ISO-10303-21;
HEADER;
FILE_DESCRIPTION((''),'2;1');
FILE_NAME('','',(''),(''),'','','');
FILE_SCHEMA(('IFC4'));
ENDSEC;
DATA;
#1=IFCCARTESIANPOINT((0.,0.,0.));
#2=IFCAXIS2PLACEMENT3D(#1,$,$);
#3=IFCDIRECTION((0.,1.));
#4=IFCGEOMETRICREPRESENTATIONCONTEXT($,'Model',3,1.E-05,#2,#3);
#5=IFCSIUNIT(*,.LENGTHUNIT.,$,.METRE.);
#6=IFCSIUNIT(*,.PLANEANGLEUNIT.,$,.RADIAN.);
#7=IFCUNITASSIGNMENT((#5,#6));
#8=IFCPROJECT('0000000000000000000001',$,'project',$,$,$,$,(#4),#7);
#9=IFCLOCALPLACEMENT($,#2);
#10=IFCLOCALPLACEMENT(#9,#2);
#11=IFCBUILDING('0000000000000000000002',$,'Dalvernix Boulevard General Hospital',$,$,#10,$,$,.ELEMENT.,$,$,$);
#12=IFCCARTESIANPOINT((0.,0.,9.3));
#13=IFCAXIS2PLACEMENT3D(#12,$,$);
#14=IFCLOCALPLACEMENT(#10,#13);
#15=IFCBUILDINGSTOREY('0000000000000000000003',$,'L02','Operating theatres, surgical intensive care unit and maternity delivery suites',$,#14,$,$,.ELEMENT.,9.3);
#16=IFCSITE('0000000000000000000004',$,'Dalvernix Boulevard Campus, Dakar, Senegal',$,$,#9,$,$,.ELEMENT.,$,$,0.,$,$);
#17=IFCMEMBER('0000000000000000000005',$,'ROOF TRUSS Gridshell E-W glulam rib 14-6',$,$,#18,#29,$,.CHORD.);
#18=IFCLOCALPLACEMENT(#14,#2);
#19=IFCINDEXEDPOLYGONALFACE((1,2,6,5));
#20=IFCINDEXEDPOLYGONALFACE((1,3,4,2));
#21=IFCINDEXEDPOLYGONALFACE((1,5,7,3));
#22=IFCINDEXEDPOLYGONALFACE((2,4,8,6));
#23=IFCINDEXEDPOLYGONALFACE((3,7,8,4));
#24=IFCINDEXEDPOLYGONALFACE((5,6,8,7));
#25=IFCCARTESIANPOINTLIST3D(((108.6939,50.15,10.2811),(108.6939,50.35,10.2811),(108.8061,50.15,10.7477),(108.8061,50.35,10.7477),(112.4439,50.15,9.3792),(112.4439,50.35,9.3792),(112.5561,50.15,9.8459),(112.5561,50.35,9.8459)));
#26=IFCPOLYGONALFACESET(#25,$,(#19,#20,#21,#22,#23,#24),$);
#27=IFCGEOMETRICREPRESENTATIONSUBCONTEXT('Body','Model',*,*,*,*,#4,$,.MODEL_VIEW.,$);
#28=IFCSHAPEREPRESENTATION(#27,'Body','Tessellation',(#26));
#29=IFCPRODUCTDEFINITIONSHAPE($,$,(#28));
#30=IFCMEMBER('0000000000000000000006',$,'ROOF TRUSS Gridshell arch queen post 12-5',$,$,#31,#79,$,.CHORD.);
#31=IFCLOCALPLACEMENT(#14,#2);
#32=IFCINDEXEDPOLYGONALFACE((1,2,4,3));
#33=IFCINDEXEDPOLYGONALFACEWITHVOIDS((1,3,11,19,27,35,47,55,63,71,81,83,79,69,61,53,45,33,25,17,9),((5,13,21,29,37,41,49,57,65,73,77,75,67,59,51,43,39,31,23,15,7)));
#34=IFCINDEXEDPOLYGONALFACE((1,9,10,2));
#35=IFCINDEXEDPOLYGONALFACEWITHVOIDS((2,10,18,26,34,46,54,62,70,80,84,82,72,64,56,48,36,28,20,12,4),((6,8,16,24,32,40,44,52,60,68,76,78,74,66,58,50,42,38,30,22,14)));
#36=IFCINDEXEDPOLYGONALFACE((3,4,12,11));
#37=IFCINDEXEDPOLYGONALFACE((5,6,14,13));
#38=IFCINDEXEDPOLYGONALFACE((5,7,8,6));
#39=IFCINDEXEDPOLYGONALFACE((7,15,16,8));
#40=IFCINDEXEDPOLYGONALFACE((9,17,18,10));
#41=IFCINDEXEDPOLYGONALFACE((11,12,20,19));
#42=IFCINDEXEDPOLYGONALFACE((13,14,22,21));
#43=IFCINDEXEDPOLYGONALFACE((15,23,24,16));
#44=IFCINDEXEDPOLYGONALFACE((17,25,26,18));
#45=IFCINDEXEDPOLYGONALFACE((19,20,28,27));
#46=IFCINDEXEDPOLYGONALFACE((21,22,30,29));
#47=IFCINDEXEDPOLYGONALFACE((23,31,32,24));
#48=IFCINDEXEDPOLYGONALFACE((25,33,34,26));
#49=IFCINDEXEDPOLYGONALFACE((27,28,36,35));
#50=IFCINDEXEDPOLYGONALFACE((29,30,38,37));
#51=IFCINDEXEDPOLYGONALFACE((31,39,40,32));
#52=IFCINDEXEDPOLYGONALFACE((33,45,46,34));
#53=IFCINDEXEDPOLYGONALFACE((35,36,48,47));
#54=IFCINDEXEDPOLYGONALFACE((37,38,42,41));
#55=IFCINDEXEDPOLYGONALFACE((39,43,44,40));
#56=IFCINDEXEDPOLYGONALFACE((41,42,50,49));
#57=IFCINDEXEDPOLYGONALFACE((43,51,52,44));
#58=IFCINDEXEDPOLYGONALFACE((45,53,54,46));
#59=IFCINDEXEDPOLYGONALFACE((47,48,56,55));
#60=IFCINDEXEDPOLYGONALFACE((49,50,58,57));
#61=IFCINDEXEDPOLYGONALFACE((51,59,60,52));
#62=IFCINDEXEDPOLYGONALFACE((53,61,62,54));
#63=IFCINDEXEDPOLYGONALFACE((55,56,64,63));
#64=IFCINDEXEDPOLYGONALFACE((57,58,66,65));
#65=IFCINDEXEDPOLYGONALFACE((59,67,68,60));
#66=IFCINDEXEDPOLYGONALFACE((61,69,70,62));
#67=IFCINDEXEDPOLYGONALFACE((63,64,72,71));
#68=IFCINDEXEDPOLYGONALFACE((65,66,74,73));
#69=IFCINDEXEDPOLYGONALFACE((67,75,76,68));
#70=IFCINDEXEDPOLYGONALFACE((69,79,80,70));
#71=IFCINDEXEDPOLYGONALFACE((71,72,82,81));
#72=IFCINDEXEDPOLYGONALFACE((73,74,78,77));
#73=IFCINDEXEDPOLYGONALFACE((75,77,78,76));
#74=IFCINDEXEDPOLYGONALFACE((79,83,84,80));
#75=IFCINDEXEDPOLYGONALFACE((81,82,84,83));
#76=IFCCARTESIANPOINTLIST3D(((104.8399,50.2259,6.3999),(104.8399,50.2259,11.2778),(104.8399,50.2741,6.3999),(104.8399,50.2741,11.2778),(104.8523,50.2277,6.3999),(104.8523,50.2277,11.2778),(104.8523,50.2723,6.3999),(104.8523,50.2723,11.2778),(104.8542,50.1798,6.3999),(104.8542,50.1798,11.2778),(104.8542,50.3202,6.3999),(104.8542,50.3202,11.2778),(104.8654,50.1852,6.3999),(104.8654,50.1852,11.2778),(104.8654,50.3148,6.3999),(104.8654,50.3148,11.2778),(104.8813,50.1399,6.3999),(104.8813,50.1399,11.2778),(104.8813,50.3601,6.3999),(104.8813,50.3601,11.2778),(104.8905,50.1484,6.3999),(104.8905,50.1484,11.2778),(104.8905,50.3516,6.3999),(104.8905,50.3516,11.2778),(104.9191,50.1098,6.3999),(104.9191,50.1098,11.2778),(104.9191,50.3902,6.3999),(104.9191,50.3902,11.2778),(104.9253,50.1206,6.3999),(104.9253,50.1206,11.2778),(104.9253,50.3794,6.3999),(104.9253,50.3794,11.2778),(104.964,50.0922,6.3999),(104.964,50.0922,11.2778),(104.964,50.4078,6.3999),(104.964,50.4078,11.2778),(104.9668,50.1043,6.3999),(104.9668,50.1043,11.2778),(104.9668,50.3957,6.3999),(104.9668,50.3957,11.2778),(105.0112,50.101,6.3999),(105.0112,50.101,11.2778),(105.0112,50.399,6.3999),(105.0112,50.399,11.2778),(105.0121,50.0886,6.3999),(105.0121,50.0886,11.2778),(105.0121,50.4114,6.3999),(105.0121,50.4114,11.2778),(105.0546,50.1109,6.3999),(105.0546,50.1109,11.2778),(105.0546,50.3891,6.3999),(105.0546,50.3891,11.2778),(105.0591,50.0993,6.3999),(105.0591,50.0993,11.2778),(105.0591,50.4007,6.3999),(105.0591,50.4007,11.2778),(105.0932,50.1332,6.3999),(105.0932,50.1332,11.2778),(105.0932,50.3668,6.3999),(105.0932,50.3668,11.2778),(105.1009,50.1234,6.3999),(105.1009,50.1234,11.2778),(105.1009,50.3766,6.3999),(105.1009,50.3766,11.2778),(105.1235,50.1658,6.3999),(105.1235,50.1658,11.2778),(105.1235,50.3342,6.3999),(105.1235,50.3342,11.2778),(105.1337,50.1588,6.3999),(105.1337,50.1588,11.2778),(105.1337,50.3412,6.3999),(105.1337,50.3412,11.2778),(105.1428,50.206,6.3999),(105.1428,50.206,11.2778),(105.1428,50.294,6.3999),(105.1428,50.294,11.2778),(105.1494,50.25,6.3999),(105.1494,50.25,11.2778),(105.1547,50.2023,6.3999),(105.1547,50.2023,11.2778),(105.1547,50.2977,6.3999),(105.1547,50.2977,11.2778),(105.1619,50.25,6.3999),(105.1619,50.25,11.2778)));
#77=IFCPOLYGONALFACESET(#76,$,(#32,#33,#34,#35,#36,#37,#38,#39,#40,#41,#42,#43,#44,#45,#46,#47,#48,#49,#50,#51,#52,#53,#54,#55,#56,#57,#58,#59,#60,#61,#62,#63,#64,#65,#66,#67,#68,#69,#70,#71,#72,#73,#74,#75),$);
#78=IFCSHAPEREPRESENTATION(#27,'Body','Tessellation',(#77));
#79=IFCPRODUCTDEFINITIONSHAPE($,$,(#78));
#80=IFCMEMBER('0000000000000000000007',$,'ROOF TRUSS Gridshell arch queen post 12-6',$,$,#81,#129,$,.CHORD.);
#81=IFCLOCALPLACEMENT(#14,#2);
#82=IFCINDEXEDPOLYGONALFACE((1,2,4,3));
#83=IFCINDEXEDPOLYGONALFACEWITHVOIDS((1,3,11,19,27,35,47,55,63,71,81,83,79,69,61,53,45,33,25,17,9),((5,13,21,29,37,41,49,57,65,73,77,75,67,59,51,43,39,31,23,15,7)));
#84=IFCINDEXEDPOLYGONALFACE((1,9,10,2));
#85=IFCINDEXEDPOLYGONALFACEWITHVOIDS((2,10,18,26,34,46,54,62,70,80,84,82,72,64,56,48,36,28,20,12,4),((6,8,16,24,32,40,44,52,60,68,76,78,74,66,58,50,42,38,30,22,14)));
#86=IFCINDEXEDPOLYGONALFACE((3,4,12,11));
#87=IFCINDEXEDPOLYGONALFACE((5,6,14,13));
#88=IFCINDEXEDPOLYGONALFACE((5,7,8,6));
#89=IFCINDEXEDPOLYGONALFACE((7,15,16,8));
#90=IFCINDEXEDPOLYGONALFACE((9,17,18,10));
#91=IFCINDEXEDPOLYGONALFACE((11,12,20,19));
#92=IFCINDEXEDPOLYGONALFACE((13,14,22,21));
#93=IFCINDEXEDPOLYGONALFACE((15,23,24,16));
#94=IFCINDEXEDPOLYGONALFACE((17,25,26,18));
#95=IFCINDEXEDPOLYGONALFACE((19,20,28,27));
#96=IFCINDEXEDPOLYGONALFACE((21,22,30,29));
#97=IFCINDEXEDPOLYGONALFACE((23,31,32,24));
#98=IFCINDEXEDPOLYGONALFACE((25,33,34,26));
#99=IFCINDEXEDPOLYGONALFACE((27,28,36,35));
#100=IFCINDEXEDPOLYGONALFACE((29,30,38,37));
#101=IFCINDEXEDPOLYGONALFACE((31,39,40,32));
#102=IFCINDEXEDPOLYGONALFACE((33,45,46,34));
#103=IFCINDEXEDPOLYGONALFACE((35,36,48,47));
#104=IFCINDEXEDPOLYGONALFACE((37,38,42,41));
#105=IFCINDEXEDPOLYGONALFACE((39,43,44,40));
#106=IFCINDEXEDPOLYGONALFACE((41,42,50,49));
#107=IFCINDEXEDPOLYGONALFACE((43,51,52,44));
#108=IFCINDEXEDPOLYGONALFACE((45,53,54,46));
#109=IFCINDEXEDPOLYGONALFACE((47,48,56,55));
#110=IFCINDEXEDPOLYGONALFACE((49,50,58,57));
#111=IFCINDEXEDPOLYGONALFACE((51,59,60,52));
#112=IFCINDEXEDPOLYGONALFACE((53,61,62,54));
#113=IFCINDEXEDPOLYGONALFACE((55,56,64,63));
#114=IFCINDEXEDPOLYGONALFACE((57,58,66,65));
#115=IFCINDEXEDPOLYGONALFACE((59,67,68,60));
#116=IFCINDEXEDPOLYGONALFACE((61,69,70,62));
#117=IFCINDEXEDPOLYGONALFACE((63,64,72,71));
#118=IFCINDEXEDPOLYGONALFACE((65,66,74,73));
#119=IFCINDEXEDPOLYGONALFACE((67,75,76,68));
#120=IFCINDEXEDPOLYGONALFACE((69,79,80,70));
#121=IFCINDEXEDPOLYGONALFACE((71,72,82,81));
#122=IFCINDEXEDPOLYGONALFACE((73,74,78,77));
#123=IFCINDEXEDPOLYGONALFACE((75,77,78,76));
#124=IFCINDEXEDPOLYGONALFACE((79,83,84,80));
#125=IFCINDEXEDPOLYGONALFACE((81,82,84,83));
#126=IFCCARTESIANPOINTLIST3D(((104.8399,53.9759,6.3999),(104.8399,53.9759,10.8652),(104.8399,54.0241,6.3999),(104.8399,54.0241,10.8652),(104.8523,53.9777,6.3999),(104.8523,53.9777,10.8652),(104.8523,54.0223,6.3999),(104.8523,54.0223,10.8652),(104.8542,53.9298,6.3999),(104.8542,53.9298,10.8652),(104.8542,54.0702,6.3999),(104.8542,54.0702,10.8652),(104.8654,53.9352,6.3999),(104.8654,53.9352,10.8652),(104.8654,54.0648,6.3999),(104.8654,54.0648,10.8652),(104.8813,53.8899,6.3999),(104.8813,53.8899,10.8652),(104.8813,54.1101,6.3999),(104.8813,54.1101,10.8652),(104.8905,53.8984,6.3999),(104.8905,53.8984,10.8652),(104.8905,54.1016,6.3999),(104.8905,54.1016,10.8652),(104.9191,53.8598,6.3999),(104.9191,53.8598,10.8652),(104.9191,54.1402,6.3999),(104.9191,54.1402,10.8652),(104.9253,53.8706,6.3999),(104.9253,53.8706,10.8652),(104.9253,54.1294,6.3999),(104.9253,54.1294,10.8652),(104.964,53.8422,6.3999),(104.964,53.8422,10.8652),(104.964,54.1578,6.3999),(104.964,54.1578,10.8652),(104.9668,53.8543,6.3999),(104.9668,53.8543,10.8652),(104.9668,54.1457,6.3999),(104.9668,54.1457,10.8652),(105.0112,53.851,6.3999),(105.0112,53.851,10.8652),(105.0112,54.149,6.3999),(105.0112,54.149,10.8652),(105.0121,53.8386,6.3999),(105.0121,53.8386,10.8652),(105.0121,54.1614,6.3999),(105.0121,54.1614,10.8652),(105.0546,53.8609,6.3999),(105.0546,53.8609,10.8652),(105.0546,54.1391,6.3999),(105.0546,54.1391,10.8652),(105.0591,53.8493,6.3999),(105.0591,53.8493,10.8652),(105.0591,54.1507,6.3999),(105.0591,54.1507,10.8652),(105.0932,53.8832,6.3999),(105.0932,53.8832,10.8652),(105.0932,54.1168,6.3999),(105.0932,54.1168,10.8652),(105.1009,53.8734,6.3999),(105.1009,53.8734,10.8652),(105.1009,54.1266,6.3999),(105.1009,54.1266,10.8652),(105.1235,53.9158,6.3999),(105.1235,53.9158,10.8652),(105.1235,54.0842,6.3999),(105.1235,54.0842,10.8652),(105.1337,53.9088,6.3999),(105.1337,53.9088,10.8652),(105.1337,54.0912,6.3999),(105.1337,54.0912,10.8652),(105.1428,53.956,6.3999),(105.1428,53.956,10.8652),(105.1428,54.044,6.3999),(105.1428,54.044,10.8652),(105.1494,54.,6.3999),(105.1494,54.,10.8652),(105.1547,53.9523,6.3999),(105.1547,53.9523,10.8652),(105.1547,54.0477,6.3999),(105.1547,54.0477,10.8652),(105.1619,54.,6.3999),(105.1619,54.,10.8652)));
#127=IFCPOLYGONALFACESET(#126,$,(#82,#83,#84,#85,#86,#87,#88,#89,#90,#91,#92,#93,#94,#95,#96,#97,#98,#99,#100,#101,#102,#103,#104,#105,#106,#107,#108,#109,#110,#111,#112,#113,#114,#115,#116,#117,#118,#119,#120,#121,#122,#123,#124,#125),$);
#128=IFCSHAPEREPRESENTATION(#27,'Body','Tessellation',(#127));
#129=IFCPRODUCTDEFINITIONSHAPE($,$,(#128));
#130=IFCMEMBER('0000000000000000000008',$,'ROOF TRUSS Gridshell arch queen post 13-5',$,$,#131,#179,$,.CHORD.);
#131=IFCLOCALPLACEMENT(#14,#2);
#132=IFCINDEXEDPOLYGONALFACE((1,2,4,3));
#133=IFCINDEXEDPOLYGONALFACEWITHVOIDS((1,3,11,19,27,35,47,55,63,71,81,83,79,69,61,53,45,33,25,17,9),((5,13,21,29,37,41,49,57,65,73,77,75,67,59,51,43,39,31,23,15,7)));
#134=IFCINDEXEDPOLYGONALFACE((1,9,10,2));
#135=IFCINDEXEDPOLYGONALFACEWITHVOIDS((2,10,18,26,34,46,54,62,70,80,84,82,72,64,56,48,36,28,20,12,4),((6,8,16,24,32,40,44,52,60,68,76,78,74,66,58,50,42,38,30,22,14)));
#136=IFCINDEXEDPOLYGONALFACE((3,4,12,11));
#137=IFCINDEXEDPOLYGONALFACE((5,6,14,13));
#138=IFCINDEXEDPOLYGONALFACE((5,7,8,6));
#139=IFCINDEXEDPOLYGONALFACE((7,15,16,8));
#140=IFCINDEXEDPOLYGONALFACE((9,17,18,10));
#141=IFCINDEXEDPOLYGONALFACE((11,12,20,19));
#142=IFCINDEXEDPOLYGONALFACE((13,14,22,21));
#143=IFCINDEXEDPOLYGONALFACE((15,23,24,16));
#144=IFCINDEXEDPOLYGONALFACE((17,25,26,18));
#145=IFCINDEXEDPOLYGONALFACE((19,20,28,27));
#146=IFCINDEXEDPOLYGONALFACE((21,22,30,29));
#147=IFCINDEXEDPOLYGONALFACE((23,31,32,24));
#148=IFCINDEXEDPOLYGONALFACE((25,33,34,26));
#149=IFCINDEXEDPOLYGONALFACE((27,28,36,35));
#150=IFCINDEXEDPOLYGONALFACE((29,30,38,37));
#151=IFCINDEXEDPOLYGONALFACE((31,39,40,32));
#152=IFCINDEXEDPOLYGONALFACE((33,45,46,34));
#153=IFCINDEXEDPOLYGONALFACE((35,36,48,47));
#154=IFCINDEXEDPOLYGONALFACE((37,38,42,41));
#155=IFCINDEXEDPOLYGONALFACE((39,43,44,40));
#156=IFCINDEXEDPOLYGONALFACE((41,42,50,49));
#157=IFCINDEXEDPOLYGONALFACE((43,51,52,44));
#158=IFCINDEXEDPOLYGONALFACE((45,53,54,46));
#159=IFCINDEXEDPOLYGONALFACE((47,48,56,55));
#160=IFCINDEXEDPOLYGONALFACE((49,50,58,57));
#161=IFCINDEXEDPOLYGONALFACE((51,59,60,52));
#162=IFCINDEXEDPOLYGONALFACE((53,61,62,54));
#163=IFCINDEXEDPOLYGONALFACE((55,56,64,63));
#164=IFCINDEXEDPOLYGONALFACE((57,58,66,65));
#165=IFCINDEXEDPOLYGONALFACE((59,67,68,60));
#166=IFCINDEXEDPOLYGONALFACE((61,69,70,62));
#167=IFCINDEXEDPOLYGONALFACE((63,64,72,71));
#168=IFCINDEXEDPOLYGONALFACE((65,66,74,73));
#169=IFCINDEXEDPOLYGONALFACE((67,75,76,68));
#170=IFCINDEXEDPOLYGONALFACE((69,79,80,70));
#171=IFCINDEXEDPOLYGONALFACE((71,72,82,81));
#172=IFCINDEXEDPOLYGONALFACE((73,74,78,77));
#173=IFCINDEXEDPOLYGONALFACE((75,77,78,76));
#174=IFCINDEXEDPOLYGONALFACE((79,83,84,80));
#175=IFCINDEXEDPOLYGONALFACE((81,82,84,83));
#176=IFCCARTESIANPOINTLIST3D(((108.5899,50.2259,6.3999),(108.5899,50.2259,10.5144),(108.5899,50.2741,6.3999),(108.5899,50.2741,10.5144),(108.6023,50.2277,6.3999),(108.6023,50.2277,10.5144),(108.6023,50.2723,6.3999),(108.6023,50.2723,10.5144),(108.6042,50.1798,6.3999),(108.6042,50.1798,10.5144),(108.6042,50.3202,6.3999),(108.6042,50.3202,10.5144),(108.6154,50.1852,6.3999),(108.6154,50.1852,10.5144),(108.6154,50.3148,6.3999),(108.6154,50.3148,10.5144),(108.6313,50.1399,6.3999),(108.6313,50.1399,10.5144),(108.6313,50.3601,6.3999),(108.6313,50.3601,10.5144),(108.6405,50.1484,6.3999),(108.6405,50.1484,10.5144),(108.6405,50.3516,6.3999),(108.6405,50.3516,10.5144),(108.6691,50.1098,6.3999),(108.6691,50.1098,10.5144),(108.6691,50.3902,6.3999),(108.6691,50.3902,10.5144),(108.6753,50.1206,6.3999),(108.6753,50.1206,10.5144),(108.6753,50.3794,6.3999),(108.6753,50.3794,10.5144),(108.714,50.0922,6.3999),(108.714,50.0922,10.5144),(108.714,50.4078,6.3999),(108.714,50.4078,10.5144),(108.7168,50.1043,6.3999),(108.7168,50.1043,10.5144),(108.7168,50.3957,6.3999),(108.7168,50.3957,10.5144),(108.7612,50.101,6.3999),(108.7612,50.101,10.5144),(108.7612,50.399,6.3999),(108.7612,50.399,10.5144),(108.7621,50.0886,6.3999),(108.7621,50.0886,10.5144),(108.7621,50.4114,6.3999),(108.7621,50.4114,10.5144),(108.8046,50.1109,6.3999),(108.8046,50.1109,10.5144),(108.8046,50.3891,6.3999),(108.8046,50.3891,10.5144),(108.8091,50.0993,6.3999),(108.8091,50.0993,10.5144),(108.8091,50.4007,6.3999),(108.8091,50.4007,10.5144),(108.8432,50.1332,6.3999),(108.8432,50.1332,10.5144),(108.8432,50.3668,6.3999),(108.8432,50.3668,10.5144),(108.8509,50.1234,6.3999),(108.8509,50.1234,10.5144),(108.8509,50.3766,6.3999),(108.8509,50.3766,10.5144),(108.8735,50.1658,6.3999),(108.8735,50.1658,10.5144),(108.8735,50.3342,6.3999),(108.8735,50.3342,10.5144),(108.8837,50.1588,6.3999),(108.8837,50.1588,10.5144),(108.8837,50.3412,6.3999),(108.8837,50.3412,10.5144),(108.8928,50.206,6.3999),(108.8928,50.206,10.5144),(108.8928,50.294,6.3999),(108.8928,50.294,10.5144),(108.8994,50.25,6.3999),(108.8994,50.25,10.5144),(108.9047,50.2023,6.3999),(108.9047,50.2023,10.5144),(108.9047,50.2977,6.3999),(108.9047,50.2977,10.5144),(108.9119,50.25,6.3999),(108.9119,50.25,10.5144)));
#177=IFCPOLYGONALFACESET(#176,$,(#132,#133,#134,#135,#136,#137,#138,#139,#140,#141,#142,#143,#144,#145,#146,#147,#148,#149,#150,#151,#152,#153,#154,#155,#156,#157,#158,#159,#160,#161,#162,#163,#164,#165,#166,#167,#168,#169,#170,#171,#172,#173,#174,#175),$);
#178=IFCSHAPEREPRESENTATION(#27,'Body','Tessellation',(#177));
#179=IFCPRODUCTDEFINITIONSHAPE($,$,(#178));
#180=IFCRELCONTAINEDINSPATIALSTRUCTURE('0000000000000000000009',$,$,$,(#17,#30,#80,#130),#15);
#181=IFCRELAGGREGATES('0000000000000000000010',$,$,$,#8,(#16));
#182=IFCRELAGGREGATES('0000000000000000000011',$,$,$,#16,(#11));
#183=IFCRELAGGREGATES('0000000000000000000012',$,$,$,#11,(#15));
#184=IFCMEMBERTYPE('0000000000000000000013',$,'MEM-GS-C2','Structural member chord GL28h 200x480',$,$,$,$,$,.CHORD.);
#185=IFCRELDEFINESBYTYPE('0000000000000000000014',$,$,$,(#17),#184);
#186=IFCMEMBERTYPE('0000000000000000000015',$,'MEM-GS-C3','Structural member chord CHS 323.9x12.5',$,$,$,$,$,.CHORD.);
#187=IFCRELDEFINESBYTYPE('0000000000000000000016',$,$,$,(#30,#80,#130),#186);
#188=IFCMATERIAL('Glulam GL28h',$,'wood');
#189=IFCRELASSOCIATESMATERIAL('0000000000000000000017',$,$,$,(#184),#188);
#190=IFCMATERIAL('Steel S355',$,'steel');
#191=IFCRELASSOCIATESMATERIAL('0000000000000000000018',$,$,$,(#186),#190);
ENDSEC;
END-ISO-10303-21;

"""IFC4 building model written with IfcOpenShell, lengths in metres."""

from ifc_helpers import new_model, si_unit, direction, frame, origin, origin_2d, place, context, subcontext, project, spatial, rectangle, hollow_circle, extrude, material, material_profile, profile_set, type_object, element, save


model = new_model("IFC4")

# Units and contexts
model_context = context("Model", 3, precision=1e-05, world=origin(), true_north=direction((0.0, 1.0)))
body_context = subcontext(model_context, "Body", "Model", "MODEL_VIEW")
ifc_project = project(units=[si_unit("LENGTHUNIT", "METRE"), si_unit("PLANEANGLEUNIT", "RADIAN")], contexts=[model_context])

# Site, building, storey
site_placement = place(None, origin())
site = spatial("IfcSite", under=ifc_project, at=site_placement, Name="Dalvernix Boulevard Campus, Dakar, Senegal", CompositionType="ELEMENT", RefElevation=0.0)
building_placement = place(site_placement, origin())
building = spatial("IfcBuilding", under=site, at=building_placement, Name="Dalvernix Boulevard General Hospital", CompositionType="ELEMENT")
storey_placement = place(building_placement, frame((0.0, 0.0, 9.3)))
storey = spatial("IfcBuildingStorey", under=building, at=storey_placement, Name="L02", Description="Operating theatres, surgical intensive care unit and maternity delivery suites", CompositionType="ELEMENT", Elevation=9.3)

# Shared definitions
ifc_material_1 = material(Name="Steel S355", Category="steel")

# Members
ifc_material_2 = material(Name="Glulam GL28h", Category="wood")
ifc_material_profile_1 = material_profile(ifc_material_2, rectangle(XDim=0.2, YDim=0.48, at=origin_2d()), Name="GL28h 200x480")
ifc_profile_set_1 = profile_set([ifc_material_profile_1], Name="Glulam GL28h")
member_type_1 = type_object("IfcMemberType", Name="MEM-GS-C2", Description="Structural member chord GL28h 200x480", PredefinedType="CHORD", material=ifc_profile_set_1)
member_1_placement = place(storey_placement, frame((108.75, 50.25, 10.5144), z_axis=(0.972278, 0.0, -0.233828), x_axis=(0.0, 1.0, 0.0)))
element("IfcMember", 1, at=member_1_placement, inside=storey, type_object=member_type_1, Name="ROOF TRUSS Gridshell E-W glulam rib 14-6", PredefinedType="CHORD", context=body_context, shape_type="SweptSolid", body=[
    extrude(rectangle(XDim=0.2, YDim=0.48, at=origin_2d()), origin(), (0.0, 0.0, 1.0), 3.8569),
])
ifc_material_profile_2 = material_profile(ifc_material_1, hollow_circle(Radius=0.1619, WallThickness=0.0125, at=origin_2d()), Name="CHS 323.9x12.5")
ifc_profile_set_2 = profile_set([ifc_material_profile_2], Name="Steel S355")
member_type_2 = type_object("IfcMemberType", Name="MEM-GS-C3", Description="Structural member chord CHS 323.9x12.5", PredefinedType="CHORD", material=ifc_profile_set_2)
member_2_placement = place(storey_placement, frame((105.0, 50.25, 6.3999), z_axis=(0.0, 0.0, 1.0), x_axis=(1.0, 0.0, 0.0)))
element("IfcMember", 2, at=member_2_placement, inside=storey, type_object=member_type_2, Name="ROOF TRUSS Gridshell arch queen post 12-5", PredefinedType="CHORD", context=body_context, shape_type="SweptSolid", body=[
    extrude(hollow_circle(Radius=0.1619, WallThickness=0.0125, at=origin_2d()), origin(), (0.0, 0.0, 1.0), 4.8779),
])
member_3_placement = place(storey_placement, frame((105.0, 54.0, 6.3999), z_axis=(0.0, 0.0, 1.0), x_axis=(1.0, 0.0, 0.0)))
element("IfcMember", 3, at=member_3_placement, inside=storey, type_object=member_type_2, Name="ROOF TRUSS Gridshell arch queen post 12-6", PredefinedType="CHORD", context=body_context, shape_type="SweptSolid", body=[
    extrude(hollow_circle(Radius=0.1619, WallThickness=0.0125, at=origin_2d()), origin(), (0.0, 0.0, 1.0), 4.4653),
])
member_4_placement = place(storey_placement, frame((108.75, 50.25, 6.3999), z_axis=(0.0, 0.0, 1.0), x_axis=(1.0, 0.0, 0.0)))
element("IfcMember", 4, at=member_4_placement, inside=storey, type_object=member_type_2, Name="ROOF TRUSS Gridshell arch queen post 13-5", PredefinedType="CHORD", context=body_context, shape_type="SweptSolid", body=[
    extrude(hollow_circle(Radius=0.1619, WallThickness=0.0125, at=origin_2d()), origin(), (0.0, 0.0, 1.0), 4.1145),
])

save(model, "model.ifc")
